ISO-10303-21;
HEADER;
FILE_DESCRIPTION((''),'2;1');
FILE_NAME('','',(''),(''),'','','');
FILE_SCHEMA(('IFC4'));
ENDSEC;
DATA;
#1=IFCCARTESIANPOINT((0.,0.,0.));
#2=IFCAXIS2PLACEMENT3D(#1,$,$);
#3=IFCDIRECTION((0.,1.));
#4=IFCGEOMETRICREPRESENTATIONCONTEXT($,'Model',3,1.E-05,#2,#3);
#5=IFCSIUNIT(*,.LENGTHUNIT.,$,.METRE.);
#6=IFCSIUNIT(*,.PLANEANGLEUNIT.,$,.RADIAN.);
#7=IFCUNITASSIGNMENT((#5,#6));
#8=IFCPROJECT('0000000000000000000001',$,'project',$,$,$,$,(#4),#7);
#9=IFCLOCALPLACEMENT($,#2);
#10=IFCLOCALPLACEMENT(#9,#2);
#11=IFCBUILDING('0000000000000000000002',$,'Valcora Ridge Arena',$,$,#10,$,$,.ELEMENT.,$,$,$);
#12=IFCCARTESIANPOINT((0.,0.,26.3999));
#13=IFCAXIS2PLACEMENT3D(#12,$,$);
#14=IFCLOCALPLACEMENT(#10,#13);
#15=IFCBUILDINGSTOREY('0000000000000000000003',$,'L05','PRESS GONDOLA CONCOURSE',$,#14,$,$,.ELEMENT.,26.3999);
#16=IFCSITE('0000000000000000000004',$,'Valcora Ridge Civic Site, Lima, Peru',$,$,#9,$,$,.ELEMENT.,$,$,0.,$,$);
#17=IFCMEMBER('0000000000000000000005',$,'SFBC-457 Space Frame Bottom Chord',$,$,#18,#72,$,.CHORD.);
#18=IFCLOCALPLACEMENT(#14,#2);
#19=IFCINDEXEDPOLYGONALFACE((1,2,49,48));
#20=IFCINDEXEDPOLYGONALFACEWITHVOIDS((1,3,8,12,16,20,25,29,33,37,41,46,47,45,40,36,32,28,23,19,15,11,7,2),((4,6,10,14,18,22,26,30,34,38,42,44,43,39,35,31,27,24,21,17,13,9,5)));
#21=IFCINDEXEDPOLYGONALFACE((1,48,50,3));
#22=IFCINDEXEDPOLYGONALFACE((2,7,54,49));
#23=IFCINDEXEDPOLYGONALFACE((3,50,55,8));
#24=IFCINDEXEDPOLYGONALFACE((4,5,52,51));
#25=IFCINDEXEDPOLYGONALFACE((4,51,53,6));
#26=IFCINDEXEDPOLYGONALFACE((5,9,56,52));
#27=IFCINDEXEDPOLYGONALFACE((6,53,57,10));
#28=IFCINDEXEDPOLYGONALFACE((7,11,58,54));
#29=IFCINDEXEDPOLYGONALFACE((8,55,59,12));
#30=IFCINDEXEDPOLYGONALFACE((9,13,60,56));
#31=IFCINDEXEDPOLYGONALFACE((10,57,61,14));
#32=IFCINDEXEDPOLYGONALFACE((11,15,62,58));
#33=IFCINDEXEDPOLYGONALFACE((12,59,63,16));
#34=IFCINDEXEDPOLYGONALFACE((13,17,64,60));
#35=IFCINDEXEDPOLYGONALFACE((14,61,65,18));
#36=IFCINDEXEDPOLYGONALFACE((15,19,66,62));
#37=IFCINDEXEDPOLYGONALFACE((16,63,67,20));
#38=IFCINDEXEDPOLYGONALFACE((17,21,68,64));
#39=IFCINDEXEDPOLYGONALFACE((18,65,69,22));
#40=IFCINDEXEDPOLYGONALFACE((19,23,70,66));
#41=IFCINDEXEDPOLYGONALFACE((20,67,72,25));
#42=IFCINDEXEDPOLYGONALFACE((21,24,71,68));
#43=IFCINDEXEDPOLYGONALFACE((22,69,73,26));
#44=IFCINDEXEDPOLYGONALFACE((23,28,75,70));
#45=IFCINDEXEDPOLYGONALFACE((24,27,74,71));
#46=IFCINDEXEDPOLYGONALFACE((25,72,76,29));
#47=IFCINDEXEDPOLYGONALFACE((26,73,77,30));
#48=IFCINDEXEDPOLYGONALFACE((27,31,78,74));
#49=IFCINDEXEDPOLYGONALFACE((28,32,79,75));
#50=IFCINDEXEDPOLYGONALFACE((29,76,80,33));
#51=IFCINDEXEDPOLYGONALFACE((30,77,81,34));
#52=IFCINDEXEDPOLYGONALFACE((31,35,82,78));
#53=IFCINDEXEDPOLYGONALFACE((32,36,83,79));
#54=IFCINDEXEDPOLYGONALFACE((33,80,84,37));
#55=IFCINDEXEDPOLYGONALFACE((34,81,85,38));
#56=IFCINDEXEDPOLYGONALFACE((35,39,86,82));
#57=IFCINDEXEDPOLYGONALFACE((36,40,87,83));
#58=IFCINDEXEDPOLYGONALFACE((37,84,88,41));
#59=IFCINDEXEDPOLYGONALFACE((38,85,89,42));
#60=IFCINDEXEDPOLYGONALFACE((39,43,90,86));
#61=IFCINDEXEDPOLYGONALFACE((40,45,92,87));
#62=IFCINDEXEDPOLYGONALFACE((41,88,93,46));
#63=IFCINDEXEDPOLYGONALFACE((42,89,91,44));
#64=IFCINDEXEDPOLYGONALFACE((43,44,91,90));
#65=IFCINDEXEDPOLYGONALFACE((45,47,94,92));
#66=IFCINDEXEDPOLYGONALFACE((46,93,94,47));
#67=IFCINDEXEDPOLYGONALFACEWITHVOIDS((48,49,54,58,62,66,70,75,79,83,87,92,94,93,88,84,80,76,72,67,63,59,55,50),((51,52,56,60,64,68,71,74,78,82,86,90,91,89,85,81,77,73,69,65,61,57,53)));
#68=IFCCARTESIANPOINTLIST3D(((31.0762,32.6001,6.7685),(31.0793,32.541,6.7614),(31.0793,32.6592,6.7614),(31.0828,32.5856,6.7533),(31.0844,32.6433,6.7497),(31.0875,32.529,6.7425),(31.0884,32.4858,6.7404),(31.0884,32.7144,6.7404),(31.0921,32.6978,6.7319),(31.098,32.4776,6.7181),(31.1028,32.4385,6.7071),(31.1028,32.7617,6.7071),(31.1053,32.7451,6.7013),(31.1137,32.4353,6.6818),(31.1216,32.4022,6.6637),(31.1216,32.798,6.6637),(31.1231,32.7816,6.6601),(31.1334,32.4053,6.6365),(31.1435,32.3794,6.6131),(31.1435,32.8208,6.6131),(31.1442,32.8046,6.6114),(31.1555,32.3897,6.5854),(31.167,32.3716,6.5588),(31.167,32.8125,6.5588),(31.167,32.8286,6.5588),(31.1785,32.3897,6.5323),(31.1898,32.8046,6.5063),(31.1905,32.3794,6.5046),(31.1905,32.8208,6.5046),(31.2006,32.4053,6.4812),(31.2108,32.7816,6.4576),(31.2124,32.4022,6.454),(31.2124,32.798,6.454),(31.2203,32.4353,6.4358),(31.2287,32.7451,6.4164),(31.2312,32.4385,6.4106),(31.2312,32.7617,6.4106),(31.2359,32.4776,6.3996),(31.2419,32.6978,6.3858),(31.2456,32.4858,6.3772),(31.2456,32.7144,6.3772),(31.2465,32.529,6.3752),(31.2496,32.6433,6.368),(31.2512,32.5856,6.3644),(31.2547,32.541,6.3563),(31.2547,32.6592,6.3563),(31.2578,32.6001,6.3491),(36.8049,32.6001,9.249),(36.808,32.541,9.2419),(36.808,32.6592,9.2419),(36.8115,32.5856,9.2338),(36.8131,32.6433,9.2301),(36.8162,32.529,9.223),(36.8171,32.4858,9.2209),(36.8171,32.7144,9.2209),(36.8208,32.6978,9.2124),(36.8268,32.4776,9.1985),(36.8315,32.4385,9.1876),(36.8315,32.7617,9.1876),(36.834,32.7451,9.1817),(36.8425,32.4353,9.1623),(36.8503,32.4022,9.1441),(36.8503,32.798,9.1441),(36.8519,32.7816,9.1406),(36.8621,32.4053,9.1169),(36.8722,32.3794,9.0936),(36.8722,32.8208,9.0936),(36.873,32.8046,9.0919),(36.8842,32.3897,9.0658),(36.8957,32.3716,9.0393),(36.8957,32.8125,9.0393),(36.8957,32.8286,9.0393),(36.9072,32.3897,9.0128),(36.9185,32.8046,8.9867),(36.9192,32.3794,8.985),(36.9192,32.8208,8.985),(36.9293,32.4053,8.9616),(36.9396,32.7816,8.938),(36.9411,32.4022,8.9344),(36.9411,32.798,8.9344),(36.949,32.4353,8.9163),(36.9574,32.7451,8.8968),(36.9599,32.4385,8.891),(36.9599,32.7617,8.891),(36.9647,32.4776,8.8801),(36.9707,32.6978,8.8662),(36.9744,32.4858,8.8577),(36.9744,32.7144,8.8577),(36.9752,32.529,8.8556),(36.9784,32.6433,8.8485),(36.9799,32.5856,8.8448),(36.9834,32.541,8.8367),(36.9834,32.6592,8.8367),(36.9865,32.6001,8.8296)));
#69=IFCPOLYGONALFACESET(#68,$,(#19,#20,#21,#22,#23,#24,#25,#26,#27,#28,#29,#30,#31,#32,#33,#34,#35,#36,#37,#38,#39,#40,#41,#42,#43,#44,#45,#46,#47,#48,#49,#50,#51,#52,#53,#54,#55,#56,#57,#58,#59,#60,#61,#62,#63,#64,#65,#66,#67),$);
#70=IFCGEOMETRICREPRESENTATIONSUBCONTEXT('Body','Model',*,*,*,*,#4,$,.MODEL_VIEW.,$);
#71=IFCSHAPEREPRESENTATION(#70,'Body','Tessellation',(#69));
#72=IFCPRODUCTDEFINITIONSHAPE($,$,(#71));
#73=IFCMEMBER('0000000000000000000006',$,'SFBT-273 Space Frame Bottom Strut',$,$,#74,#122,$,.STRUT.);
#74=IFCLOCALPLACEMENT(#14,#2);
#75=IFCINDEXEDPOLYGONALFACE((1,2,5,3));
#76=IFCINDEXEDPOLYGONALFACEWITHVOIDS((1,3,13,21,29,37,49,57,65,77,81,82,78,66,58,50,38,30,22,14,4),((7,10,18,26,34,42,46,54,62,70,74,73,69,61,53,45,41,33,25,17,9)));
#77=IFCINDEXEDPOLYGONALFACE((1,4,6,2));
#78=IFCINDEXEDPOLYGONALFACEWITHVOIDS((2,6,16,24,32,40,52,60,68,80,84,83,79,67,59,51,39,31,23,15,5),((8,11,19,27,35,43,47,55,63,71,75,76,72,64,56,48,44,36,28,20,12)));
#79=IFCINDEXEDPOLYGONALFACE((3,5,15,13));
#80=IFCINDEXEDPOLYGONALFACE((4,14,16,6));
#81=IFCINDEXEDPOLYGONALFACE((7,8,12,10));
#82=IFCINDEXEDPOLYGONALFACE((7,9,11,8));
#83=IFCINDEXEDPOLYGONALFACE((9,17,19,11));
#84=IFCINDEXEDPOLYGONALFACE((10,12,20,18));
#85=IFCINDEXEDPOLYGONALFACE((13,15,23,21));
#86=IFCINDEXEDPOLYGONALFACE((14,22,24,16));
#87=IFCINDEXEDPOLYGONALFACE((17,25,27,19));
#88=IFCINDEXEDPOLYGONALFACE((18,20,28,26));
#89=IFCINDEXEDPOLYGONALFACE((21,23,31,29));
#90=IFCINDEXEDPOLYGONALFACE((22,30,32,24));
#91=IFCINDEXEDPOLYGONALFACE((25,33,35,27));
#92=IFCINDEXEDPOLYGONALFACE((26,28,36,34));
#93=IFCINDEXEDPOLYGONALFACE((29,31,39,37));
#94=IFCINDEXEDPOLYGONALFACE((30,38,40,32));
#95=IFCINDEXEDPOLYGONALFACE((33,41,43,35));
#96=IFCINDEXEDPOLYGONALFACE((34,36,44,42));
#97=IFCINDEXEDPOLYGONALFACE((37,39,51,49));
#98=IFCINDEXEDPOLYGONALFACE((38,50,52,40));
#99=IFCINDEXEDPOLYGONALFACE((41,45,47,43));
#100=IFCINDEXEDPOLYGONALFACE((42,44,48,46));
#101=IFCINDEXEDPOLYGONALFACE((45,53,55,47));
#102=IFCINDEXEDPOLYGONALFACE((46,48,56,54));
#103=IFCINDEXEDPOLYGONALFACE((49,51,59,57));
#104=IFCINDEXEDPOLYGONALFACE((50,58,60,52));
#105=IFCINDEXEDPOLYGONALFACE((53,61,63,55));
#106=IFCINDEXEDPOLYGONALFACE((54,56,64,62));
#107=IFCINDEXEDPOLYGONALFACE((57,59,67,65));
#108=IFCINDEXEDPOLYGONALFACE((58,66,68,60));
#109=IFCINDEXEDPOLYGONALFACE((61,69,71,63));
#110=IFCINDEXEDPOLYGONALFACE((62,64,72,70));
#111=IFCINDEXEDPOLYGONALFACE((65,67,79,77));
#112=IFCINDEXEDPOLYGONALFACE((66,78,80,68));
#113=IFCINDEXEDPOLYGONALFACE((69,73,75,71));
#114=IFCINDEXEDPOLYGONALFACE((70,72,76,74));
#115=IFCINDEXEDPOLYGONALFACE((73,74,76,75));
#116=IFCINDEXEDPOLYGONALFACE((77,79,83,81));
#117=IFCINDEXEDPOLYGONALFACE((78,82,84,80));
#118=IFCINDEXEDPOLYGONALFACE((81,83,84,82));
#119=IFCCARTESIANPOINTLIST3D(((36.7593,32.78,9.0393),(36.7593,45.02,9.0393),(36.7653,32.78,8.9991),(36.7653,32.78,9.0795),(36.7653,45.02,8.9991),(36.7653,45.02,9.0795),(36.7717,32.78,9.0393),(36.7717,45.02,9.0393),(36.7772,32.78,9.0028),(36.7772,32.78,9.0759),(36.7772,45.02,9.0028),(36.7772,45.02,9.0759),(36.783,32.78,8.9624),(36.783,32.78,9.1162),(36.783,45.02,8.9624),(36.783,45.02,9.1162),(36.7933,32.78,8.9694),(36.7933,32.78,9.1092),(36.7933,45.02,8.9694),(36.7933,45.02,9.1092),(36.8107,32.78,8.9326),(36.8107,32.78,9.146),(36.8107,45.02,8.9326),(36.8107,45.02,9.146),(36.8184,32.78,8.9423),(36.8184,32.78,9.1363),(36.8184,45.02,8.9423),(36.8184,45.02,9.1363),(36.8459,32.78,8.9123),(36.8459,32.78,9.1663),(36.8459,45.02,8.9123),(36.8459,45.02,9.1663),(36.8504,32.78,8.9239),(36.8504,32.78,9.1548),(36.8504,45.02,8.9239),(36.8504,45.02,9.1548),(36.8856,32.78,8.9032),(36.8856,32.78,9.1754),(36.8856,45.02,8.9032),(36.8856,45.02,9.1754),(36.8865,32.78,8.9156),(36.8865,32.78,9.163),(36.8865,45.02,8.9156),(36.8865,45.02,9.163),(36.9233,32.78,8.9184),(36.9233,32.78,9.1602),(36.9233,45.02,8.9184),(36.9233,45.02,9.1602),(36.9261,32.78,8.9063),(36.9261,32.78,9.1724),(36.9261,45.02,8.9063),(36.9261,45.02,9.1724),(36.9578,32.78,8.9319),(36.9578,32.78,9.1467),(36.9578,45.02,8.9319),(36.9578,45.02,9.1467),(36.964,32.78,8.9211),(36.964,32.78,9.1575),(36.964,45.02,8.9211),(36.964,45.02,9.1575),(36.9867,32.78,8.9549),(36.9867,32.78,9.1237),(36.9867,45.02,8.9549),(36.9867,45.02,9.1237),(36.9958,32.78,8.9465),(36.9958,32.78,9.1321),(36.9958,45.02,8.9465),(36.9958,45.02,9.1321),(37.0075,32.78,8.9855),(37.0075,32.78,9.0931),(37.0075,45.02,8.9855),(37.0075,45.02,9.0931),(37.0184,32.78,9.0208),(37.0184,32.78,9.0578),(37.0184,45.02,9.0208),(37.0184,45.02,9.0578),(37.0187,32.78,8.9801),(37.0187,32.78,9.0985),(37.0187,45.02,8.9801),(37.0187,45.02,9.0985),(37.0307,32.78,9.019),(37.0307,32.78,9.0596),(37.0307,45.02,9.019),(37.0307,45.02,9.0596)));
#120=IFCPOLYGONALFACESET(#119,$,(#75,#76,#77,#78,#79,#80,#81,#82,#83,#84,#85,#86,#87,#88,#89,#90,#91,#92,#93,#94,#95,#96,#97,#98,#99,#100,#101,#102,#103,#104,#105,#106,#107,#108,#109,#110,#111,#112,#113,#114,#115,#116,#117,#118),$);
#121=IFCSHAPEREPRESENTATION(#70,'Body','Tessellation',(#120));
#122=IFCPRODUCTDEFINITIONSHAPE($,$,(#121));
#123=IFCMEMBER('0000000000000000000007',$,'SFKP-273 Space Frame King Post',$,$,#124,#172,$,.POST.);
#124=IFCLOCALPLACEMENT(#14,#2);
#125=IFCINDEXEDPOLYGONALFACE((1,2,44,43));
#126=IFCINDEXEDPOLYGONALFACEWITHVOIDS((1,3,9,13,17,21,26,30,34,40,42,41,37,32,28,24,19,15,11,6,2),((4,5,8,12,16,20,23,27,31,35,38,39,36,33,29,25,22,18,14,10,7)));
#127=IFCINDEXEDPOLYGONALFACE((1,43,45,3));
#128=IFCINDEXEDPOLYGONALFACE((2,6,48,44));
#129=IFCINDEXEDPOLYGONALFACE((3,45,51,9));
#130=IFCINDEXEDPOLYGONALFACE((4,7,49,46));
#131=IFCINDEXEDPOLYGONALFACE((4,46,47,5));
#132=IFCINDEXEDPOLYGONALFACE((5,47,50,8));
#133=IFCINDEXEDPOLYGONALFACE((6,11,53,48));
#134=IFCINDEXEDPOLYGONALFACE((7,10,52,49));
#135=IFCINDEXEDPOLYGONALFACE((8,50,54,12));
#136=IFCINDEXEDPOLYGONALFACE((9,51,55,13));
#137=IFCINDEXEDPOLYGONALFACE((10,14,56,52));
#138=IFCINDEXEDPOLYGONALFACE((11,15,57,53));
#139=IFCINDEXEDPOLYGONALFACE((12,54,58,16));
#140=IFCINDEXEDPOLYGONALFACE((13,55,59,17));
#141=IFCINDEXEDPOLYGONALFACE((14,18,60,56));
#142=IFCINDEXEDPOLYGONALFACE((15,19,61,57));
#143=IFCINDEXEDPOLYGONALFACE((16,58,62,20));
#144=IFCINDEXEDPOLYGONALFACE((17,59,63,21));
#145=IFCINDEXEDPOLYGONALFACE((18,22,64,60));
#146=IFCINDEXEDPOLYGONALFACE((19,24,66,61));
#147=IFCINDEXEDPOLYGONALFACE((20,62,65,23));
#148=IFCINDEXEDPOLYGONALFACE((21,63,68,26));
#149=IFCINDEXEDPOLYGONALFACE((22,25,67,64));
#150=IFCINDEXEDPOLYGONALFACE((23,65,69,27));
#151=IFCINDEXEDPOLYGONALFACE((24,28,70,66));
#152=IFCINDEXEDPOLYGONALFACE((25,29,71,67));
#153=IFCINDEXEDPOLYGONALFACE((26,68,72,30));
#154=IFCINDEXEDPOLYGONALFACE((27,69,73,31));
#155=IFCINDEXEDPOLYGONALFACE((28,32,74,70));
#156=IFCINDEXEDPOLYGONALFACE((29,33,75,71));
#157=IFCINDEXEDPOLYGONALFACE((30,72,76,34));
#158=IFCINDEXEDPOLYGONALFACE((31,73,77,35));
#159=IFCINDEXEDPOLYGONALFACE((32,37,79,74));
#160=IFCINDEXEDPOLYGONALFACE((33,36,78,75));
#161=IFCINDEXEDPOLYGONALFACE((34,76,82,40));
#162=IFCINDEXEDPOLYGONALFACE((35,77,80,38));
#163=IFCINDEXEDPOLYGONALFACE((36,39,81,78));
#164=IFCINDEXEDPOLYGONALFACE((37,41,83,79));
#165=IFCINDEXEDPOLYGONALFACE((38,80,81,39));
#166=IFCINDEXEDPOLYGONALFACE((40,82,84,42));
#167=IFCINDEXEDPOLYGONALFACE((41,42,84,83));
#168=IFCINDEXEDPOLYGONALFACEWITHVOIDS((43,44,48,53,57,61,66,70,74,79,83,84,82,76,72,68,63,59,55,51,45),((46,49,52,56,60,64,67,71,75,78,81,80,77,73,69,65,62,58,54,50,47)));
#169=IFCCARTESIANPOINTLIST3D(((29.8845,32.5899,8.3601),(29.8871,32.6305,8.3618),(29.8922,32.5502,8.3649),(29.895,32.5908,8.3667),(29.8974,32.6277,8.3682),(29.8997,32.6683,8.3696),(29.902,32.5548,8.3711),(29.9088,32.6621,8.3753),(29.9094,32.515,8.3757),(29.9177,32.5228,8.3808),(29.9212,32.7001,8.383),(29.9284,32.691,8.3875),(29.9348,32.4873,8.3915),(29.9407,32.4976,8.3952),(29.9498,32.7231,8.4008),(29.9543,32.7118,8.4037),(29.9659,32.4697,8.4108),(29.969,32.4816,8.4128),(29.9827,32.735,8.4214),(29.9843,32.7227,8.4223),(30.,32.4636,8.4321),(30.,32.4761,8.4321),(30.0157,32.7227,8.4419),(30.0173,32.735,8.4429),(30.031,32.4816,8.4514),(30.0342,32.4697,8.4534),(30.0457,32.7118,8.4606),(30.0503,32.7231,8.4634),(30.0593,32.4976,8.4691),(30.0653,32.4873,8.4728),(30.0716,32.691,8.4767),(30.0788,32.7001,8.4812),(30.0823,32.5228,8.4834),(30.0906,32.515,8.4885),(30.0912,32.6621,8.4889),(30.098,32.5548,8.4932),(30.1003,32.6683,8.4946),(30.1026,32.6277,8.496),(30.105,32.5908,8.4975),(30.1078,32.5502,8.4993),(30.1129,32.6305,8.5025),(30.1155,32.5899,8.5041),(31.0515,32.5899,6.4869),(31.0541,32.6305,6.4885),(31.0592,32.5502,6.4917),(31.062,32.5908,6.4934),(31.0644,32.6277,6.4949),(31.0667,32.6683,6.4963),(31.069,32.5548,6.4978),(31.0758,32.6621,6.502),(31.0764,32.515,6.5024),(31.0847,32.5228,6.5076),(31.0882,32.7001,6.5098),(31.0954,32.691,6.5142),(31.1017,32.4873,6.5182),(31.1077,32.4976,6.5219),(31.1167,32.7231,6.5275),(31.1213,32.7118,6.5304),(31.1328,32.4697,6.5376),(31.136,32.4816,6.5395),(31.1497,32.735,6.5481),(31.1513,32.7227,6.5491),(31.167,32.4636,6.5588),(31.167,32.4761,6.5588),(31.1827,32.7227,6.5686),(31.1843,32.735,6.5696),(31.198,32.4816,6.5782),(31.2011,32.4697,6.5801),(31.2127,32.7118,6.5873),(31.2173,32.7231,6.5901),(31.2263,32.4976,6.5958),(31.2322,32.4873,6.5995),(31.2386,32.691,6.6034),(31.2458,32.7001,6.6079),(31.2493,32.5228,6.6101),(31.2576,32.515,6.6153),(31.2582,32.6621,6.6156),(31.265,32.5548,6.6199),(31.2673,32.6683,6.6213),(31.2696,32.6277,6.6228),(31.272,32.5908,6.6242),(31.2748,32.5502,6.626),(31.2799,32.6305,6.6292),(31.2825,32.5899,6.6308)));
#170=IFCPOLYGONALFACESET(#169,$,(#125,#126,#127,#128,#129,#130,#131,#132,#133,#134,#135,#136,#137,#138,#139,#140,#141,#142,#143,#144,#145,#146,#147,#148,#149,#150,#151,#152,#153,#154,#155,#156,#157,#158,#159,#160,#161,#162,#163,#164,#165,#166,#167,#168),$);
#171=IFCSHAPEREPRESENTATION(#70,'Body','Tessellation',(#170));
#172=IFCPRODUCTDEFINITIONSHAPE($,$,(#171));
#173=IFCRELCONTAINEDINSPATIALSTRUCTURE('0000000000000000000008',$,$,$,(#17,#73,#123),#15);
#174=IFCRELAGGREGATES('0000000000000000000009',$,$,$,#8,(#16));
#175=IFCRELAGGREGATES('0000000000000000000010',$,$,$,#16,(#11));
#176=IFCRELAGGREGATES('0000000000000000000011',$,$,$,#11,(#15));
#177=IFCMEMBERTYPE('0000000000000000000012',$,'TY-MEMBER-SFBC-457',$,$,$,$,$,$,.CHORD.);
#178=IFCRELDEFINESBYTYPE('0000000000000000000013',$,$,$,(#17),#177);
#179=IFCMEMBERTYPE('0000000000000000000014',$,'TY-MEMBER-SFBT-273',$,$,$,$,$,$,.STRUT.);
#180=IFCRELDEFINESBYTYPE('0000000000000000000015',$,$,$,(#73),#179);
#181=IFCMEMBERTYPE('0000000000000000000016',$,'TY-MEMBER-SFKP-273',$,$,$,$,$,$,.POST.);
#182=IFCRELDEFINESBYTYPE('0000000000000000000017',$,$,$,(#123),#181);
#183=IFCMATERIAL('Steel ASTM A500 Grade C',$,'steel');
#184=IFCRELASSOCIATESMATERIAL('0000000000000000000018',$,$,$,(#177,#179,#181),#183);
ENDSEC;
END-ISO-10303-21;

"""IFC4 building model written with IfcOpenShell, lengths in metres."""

from ifc_helpers import new_model, si_unit, direction, frame, origin, origin_2d, place, context, subcontext, project, spatial, hollow_circle, extrude, material, material_profile, profile_set, type_object, element, save


model = new_model("IFC4")

# Units and contexts
model_context = context("Model", 3, precision=1e-05, world=origin(), true_north=direction((0.0, 1.0)))
body_context = subcontext(model_context, "Body", "Model", "MODEL_VIEW")
ifc_project = project(units=[si_unit("LENGTHUNIT", "METRE"), si_unit("PLANEANGLEUNIT", "RADIAN")], contexts=[model_context])

# Site, building, storey
site_placement = place(None, origin())
site = spatial("IfcSite", under=ifc_project, at=site_placement, Name="Valcora Ridge Civic Site, Lima, Peru", CompositionType="ELEMENT", RefElevation=0.0)
building_placement = place(site_placement, origin())
building = spatial("IfcBuilding", under=site, at=building_placement, Name="Valcora Ridge Arena", CompositionType="ELEMENT")
storey_placement = place(building_placement, frame((0.0, 0.0, 26.3999)))
storey = spatial("IfcBuildingStorey", under=building, at=storey_placement, Name="L05", Description="PRESS GONDOLA CONCOURSE", CompositionType="ELEMENT", Elevation=26.3999)

# Members
ifc_material_1 = material(Name="Steel ASTM A500 Grade C", Category="steel")
ifc_material_profile_1 = material_profile(ifc_material_1, hollow_circle(Radius=0.2285, WallThickness=0.0161, at=origin_2d()), Name="CHS457X16")
ifc_profile_set_1 = profile_set([ifc_material_profile_1], Name="Steel ASTM A500 Grade C")
member_type_1 = type_object("IfcMemberType", Name="TY-MEMBER-SFBC-457", PredefinedType="CHORD", material=ifc_profile_set_1)
member_1_placement = place(storey_placement, frame((31.167, 32.6001, 6.5588), z_axis=(0.917672, 0.0, 0.397339), x_axis=(0.0, 1.0, 0.0)))
element("IfcMember", 1, at=member_1_placement, inside=storey, type_object=member_type_1, Name="SFBC-457 Space Frame Bottom Chord", PredefinedType="CHORD", context=body_context, shape_type="SweptSolid", body=[
    extrude(hollow_circle(Radius=0.2285, WallThickness=0.0161, at=origin_2d()), origin(), (0.0, 0.0, 1.0), 6.2427),
])
ifc_material_profile_2 = material_profile(ifc_material_1, hollow_circle(Radius=0.1365, WallThickness=0.0125, at=origin_2d()), Name="CHS273X12")
ifc_profile_set_2 = profile_set([ifc_material_profile_2], Name="Steel ASTM A500 Grade C")
member_type_2 = type_object("IfcMemberType", Name="TY-MEMBER-SFBT-273", PredefinedType="STRUT", material=ifc_profile_set_2)
member_2_placement = place(storey_placement, frame((36.8958, 32.78, 9.0393), z_axis=(0.0, 1.0, 0.0), x_axis=(-1.0, 0.0, 0.0)))
element("IfcMember", 2, at=member_2_placement, inside=storey, type_object=member_type_2, Name="SFBT-273 Space Frame Bottom Strut", PredefinedType="STRUT", context=body_context, shape_type="SweptSolid", body=[
    extrude(hollow_circle(Radius=0.1365, WallThickness=0.0125, at=origin_2d()), origin(), (0.0, 0.0, 1.0), 12.24),
])
ifc_material_profile_3 = material_profile(ifc_material_1, hollow_circle(Radius=0.1365, WallThickness=0.0125, at=origin_2d()), Name="CHS273X12")
ifc_profile_set_3 = profile_set([ifc_material_profile_3], Name="Steel ASTM A500 Grade C")
member_type_3 = type_object("IfcMemberType", Name="TY-MEMBER-SFKP-273", PredefinedType="POST", material=ifc_profile_set_3)
member_3_placement = place(storey_placement, frame((31.167, 32.6001, 6.5588), z_axis=(-0.528755, 0.0, 0.848774), x_axis=(0.0, -1.0, 0.0)))
element("IfcMember", 3, at=member_3_placement, inside=storey, type_object=member_type_3, Name="SFKP-273 Space Frame King Post", PredefinedType="POST", context=body_context, shape_type="SweptSolid", body=[
    extrude(hollow_circle(Radius=0.1365, WallThickness=0.0125, at=origin_2d()), origin(), (0.0, 0.0, 1.0), 2.207),
])

save(model, "model.ifc")
